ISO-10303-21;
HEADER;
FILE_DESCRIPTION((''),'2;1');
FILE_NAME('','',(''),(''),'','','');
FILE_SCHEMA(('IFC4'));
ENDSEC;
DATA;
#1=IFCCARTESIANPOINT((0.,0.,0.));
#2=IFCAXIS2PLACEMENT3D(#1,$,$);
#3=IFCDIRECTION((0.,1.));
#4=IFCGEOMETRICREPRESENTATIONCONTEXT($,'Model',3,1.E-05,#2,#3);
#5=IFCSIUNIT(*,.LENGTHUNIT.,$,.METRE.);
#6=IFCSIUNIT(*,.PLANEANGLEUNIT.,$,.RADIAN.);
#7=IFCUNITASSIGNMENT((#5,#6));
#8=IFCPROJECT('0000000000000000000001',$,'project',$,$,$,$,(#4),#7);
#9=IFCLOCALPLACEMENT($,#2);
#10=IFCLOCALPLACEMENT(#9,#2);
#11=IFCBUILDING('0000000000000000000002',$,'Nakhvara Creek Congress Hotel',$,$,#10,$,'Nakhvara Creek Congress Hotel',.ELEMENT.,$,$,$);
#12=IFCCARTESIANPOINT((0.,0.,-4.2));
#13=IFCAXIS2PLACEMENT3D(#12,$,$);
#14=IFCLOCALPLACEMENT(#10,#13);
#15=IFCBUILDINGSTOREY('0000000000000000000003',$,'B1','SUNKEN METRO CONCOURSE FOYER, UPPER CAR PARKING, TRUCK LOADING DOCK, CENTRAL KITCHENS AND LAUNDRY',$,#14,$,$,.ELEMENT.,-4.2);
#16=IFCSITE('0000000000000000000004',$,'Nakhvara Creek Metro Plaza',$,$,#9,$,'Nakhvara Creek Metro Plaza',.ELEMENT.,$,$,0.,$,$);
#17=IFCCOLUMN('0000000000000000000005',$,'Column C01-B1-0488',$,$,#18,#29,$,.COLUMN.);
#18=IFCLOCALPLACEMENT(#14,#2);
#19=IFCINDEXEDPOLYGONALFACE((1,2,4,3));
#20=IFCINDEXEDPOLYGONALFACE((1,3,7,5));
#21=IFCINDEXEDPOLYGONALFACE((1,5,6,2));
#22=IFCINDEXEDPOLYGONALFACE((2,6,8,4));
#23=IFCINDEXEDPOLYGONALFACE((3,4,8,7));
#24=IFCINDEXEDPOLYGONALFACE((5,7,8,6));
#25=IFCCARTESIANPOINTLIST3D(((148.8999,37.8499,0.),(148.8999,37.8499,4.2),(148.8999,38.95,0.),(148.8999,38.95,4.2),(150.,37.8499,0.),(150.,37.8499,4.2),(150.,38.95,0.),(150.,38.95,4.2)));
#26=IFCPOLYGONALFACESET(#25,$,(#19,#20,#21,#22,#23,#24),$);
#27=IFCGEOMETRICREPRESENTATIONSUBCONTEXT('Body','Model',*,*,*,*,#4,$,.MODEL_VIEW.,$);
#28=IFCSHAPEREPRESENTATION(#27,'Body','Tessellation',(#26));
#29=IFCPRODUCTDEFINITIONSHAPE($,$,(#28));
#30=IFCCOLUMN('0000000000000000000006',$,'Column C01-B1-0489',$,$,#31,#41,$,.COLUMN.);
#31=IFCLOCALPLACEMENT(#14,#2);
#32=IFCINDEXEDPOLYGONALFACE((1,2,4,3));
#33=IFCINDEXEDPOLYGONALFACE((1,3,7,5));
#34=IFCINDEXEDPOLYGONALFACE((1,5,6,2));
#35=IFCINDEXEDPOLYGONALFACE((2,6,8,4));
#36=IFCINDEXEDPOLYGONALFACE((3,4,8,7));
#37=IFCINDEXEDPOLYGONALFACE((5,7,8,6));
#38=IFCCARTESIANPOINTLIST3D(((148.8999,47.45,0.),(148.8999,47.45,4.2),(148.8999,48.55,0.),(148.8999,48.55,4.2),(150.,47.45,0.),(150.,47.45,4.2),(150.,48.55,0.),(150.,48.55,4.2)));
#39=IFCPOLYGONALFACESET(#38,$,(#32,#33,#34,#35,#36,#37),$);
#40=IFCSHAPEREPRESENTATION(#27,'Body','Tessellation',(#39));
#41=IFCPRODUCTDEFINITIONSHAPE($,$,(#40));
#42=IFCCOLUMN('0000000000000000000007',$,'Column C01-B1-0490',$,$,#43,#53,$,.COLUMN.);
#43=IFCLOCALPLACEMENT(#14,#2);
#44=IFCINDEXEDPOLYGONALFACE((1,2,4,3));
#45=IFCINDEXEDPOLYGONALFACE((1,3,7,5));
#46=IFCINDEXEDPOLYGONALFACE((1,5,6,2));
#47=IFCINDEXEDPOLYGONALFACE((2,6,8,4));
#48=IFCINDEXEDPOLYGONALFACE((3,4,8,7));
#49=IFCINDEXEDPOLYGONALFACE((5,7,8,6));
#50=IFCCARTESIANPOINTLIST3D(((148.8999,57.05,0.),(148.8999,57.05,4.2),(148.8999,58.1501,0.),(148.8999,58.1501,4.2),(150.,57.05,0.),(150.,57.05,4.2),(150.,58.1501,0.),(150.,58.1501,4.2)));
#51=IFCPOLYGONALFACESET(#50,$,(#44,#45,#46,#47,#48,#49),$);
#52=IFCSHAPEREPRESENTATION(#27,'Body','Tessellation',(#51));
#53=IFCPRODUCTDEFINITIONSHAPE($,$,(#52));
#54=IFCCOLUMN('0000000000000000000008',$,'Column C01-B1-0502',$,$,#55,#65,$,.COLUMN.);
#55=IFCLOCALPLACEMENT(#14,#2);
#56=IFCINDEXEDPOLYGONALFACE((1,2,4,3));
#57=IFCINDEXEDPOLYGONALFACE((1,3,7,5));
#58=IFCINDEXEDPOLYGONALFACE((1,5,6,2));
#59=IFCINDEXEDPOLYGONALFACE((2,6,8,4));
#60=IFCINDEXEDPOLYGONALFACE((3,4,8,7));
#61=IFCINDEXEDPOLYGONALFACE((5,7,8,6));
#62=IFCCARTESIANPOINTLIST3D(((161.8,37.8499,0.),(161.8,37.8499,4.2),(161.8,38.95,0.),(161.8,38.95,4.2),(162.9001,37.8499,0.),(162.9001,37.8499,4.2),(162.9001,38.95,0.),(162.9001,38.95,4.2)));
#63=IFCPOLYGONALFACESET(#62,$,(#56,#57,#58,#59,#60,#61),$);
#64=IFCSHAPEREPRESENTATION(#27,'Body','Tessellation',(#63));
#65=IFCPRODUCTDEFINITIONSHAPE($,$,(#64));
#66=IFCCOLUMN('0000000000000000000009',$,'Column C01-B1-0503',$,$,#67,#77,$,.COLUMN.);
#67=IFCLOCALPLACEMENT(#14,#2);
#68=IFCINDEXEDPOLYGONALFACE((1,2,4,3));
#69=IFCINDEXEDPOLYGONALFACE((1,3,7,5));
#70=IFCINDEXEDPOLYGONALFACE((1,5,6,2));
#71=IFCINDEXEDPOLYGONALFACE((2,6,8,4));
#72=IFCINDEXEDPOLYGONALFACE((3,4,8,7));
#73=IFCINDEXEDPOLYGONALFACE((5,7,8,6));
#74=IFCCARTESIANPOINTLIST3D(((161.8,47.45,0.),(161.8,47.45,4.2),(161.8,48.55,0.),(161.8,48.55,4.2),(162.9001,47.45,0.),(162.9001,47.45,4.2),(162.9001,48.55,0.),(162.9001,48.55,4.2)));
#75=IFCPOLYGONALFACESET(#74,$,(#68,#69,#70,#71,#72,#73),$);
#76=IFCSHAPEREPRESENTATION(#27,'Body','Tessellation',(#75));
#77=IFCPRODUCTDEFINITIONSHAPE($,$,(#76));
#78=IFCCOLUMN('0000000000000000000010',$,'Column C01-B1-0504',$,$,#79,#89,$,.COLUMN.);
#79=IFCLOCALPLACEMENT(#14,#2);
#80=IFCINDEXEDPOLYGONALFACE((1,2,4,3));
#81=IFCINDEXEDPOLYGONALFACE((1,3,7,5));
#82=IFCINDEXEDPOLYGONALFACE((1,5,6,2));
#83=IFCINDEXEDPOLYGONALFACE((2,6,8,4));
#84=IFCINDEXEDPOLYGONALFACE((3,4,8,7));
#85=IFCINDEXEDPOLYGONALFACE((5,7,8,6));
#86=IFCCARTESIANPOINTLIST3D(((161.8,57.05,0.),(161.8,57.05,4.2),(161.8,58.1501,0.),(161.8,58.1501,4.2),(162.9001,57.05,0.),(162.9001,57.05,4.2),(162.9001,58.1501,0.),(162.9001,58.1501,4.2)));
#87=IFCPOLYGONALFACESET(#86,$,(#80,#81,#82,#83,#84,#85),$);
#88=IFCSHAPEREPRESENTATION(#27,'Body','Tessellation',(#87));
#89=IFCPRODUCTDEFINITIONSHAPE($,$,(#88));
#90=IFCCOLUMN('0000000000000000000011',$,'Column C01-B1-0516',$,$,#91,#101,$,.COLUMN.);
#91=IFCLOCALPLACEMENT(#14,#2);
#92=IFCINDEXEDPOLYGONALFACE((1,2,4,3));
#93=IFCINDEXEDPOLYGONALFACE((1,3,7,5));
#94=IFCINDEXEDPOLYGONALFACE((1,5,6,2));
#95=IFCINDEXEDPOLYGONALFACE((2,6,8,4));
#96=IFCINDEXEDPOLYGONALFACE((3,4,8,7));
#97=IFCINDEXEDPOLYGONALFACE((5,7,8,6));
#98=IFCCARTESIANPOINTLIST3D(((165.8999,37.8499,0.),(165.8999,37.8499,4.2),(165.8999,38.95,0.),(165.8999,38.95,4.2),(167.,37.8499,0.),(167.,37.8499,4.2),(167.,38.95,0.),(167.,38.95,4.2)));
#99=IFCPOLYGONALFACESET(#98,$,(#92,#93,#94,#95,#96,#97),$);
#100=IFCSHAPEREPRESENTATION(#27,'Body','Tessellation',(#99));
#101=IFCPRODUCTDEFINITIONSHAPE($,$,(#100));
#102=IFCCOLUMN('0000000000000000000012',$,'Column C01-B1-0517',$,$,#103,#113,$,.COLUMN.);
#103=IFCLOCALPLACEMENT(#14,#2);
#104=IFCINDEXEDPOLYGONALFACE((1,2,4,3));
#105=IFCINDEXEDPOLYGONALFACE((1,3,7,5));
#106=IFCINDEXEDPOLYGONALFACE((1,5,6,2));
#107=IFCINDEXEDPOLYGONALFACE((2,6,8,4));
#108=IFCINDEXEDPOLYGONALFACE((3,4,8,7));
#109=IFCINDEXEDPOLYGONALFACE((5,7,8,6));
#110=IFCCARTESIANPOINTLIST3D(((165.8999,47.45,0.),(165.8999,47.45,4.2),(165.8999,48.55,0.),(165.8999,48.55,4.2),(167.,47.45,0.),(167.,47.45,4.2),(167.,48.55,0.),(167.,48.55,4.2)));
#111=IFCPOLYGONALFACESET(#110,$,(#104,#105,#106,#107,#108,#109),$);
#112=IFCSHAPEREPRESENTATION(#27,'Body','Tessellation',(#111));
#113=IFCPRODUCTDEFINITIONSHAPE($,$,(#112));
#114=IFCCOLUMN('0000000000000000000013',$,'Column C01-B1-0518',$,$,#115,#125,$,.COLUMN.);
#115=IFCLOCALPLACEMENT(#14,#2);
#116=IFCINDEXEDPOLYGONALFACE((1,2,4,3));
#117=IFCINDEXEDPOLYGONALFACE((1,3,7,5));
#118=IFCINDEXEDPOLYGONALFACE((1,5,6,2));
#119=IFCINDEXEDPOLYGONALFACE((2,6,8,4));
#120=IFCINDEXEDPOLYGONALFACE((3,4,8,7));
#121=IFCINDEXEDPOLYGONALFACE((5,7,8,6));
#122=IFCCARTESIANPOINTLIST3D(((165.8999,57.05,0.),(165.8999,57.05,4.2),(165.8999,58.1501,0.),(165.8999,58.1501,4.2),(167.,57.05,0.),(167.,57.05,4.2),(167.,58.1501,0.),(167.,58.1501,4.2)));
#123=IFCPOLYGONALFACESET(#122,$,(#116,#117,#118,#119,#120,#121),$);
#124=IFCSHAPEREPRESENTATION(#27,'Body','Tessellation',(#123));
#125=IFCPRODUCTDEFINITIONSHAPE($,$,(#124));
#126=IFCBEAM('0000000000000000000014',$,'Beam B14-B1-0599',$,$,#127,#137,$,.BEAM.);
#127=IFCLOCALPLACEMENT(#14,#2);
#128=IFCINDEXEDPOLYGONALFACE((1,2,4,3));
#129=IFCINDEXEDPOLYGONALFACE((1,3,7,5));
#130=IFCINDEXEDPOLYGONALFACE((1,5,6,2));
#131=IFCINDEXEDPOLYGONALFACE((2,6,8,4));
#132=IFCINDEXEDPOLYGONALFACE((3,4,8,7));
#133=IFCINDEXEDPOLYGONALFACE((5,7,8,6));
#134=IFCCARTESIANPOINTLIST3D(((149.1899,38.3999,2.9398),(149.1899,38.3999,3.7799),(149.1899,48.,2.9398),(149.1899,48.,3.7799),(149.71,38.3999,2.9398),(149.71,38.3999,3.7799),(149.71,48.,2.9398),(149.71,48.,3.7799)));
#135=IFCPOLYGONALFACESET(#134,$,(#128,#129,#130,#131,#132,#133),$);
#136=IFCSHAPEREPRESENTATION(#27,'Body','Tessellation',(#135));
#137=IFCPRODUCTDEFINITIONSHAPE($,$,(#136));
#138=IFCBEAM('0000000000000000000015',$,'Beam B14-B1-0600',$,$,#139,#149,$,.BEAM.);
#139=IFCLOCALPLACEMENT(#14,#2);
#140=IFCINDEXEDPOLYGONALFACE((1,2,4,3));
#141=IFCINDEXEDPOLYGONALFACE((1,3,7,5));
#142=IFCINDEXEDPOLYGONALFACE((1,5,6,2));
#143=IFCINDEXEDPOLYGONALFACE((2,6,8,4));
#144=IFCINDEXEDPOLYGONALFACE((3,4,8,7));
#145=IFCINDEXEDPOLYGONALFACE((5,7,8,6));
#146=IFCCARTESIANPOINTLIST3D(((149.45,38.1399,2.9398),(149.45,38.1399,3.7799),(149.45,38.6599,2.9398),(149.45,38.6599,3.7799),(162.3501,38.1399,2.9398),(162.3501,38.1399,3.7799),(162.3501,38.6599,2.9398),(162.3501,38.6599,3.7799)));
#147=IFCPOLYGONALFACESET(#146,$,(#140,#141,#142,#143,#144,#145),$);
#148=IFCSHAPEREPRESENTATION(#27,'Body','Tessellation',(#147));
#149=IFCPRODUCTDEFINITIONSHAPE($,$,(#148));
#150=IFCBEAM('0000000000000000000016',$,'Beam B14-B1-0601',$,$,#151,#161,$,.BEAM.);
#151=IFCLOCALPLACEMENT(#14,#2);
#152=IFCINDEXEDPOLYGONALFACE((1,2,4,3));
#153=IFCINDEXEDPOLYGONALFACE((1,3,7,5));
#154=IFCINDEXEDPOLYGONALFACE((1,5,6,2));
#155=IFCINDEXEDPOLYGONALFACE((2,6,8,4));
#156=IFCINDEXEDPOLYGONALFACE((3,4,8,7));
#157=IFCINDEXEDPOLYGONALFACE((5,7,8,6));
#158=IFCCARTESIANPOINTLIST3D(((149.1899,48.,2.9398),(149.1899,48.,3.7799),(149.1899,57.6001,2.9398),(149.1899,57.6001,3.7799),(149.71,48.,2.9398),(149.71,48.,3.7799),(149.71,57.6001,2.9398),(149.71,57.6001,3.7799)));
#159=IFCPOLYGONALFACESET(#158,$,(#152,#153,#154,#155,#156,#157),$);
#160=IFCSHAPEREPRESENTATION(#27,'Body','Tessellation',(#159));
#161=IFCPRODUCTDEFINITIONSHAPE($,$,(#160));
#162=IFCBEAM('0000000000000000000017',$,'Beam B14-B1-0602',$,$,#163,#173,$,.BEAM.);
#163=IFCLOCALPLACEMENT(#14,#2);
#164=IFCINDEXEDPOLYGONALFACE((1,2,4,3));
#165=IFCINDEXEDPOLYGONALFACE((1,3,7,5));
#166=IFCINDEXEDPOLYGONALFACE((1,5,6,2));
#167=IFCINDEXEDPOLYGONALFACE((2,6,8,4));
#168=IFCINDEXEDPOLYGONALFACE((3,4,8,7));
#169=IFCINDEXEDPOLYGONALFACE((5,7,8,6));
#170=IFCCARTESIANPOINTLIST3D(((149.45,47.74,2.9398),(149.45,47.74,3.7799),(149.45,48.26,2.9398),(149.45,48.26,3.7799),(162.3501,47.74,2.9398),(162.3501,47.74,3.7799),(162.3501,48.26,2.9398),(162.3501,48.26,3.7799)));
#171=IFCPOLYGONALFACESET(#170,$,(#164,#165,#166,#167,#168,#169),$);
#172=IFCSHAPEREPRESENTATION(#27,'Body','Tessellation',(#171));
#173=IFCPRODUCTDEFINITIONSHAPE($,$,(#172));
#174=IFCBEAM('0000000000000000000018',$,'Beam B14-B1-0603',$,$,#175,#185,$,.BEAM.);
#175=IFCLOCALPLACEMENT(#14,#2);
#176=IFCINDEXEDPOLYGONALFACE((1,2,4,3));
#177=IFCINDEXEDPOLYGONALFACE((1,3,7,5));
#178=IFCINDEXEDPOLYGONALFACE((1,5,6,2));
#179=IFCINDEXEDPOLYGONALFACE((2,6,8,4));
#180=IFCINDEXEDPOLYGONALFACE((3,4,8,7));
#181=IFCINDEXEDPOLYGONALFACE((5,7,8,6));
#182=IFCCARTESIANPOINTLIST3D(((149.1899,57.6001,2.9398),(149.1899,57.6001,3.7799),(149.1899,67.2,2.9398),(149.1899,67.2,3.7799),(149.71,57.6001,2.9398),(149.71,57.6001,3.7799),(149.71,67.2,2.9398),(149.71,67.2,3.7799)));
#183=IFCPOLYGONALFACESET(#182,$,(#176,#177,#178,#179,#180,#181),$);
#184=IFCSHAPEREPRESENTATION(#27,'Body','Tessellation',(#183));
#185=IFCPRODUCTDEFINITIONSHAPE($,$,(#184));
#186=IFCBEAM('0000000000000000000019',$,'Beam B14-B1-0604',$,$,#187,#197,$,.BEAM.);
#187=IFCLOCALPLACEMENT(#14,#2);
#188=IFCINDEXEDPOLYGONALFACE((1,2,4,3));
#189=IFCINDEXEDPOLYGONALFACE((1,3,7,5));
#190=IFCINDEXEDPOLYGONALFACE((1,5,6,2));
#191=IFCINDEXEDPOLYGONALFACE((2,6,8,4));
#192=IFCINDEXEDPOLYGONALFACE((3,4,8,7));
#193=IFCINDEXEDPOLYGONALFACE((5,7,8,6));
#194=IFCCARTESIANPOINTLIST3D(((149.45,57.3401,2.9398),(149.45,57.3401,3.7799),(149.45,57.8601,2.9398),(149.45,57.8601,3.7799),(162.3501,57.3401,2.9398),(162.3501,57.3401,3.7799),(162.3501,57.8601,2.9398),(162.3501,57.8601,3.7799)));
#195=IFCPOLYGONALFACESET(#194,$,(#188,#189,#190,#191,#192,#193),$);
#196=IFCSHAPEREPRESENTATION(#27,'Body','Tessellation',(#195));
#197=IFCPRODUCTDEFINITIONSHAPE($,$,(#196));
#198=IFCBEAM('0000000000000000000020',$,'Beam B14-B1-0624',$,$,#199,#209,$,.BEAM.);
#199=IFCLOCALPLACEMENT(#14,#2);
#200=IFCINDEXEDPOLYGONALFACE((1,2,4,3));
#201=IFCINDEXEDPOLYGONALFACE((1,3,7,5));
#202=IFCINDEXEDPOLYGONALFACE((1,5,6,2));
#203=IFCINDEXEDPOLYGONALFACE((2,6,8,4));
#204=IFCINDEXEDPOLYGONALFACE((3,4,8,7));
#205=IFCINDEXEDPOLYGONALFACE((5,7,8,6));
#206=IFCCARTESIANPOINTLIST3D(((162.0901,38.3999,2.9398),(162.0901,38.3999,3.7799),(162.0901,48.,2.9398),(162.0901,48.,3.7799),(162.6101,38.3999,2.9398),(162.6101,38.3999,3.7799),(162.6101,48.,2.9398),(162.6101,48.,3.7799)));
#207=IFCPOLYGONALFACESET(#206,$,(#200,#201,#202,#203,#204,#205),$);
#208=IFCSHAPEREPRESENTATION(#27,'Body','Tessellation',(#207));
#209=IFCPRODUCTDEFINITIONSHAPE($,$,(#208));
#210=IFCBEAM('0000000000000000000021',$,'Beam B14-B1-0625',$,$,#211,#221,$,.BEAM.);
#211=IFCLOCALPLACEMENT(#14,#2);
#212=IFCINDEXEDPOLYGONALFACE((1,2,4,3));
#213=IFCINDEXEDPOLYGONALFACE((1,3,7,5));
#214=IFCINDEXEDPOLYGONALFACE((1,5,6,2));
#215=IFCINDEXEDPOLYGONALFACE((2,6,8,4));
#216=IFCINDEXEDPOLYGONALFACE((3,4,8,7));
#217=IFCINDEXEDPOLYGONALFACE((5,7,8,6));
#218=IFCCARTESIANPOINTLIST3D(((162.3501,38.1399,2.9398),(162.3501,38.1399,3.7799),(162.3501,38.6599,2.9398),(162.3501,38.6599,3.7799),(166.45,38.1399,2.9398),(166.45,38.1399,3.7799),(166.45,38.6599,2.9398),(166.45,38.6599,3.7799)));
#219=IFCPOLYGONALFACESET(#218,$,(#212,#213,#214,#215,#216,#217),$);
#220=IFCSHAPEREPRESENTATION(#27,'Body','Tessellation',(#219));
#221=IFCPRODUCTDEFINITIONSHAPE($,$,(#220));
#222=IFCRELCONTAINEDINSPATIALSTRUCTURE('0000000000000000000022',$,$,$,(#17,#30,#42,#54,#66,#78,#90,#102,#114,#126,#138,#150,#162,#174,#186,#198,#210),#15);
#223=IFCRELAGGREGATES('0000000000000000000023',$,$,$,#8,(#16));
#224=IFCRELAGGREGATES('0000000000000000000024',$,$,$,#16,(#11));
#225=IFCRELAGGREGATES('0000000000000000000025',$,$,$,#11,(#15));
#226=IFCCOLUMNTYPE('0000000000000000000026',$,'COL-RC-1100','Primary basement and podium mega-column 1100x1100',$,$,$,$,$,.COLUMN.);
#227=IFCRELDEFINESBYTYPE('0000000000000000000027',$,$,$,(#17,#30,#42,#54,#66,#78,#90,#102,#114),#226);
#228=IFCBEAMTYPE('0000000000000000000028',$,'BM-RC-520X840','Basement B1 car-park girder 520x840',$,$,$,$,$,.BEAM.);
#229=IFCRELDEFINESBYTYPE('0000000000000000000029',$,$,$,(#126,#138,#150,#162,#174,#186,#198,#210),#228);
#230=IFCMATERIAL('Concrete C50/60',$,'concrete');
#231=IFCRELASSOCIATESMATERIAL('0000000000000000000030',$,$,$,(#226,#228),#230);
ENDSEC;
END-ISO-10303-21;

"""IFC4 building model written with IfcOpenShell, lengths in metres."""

from ifc_helpers import new_model, si_unit, direction, frame, origin, origin_2d, place, context, subcontext, project, spatial, rectangle, extrude, material, material_profile, profile_set, type_object, element, save


model = new_model("IFC4")

# Units and contexts
model_context = context("Model", 3, precision=1e-05, world=origin(), true_north=direction((0.0, 1.0)))
body_context = subcontext(model_context, "Body", "Model", "MODEL_VIEW")
ifc_project = project(units=[si_unit("LENGTHUNIT", "METRE"), si_unit("PLANEANGLEUNIT", "RADIAN")], contexts=[model_context])

# Site, building, storey
site_placement = place(None, origin())
site = spatial("IfcSite", under=ifc_project, at=site_placement, Name="Nakhvara Creek Metro Plaza", LongName="Nakhvara Creek Metro Plaza", CompositionType="ELEMENT", RefElevation=0.0)
building_placement = place(site_placement, origin())
building = spatial("IfcBuilding", under=site, at=building_placement, Name="Nakhvara Creek Congress Hotel", LongName="Nakhvara Creek Congress Hotel", CompositionType="ELEMENT")
storey_placement = place(building_placement, frame((0.0, 0.0, -4.2)))
storey = spatial("IfcBuildingStorey", under=building, at=storey_placement, Name="B1", Description="SUNKEN METRO CONCOURSE FOYER, UPPER CAR PARKING, TRUCK LOADING DOCK, CENTRAL KITCHENS AND LAUNDRY", CompositionType="ELEMENT", Elevation=-4.2)

# Columns
ifc_material_1 = material(Name="Concrete C50/60", Category="concrete")
ifc_material_profile_1 = material_profile(ifc_material_1, rectangle(XDim=1.1001, YDim=1.1001, at=origin_2d()), Name="RC-COL 1100x1100", Category="LoadBearing")
ifc_profile_set_1 = profile_set([ifc_material_profile_1], Name="Concrete C50/60")
column_type = type_object("IfcColumnType", Name="COL-RC-1100", Description="Primary basement and podium mega-column 1100x1100", PredefinedType="COLUMN", material=ifc_profile_set_1)
for number, where, z_axis, x_axis, name in (
    (1, (149.45, 38.3999, 0.0), (0.0, 0.0, 1.0), (1.0, 0.0, 0.0), "Column C01-B1-0488"),
    (2, (149.45, 48.0, 0.0), (0.0, 0.0, 1.0), (1.0, 0.0, 0.0), "Column C01-B1-0489"),
    (3, (149.45, 57.6001, 0.0), (0.0, 0.0, 1.0), (1.0, 0.0, 0.0), "Column C01-B1-0490"),
    (4, (162.3501, 38.3999, 0.0), (0.0, 0.0, 1.0), (1.0, 0.0, 0.0), "Column C01-B1-0502"),
    (5, (162.3501, 48.0, 0.0), (0.0, 0.0, 1.0), (1.0, 0.0, 0.0), "Column C01-B1-0503"),
    (6, (162.3501, 57.6001, 0.0), (0.0, 0.0, 1.0), (1.0, 0.0, 0.0), "Column C01-B1-0504"),
    (7, (166.45, 38.3999, 0.0), (0.0, 0.0, 1.0), (1.0, 0.0, 0.0), "Column C01-B1-0516"),
    (8, (166.45, 48.0, 0.0), (0.0, 0.0, 1.0), (1.0, 0.0, 0.0), "Column C01-B1-0517"),
    (9, (166.45, 57.6001, 0.0), (0.0, 0.0, 1.0), (1.0, 0.0, 0.0), "Column C01-B1-0518"),
):
    element("IfcColumn", number, at=place(storey_placement, frame(where, z_axis=z_axis, x_axis=x_axis)), inside=storey, type_object=column_type, Name=name, PredefinedType="COLUMN", context=body_context, shape_type="SweptSolid", body=[
        extrude(rectangle(XDim=1.1001, YDim=1.1001, at=origin_2d()), origin(), (0.0, 0.0, 1.0), 4.2),
    ])

# Beams
ifc_material_profile_2 = material_profile(ifc_material_1, rectangle(XDim=0.52, YDim=0.8401, at=origin_2d()), Name="RC-BM 520x840", Category="LoadBearing")
ifc_profile_set_2 = profile_set([ifc_material_profile_2], Name="Concrete C50/60")
beam_type = type_object("IfcBeamType", Name="BM-RC-520X840", Description="Basement B1 car-park girder 520x840", PredefinedType="BEAM", material=ifc_profile_set_2)
beam_1_placement = place(storey_placement, frame((149.45, 38.3999, 3.3599), z_axis=(0.0, 1.0, 0.0), x_axis=(-1.0, 0.0, 0.0)))
element("IfcBeam", 10, at=beam_1_placement, inside=storey, type_object=beam_type, Name="Beam B14-B1-0599", PredefinedType="BEAM", context=body_context, shape_type="SweptSolid", body=[
    extrude(rectangle(XDim=0.52, YDim=0.8401, at=origin_2d()), origin(), (0.0, 0.0, 1.0), 9.6001),
])
beam_2_placement = place(storey_placement, frame((149.45, 38.3999, 3.3599), z_axis=(1.0, 0.0, 0.0), x_axis=(0.0, 1.0, 0.0)))
element("IfcBeam", 11, at=beam_2_placement, inside=storey, type_object=beam_type, Name="Beam B14-B1-0600", PredefinedType="BEAM", context=body_context, shape_type="SweptSolid", body=[
    extrude(rectangle(XDim=0.52, YDim=0.8401, at=origin_2d()), origin(), (0.0, 0.0, 1.0), 12.9001),
])
beam_3_placement = place(storey_placement, frame((149.45, 48.0, 3.3599), z_axis=(0.0, 1.0, 0.0), x_axis=(-1.0, 0.0, 0.0)))
element("IfcBeam", 12, at=beam_3_placement, inside=storey, type_object=beam_type, Name="Beam B14-B1-0601", PredefinedType="BEAM", context=body_context, shape_type="SweptSolid", body=[
    extrude(rectangle(XDim=0.52, YDim=0.8401, at=origin_2d()), origin(), (0.0, 0.0, 1.0), 9.6001),
])
beam_4_placement = place(storey_placement, frame((149.45, 48.0, 3.3599), z_axis=(1.0, 0.0, 0.0), x_axis=(0.0, 1.0, 0.0)))
element("IfcBeam", 13, at=beam_4_placement, inside=storey, type_object=beam_type, Name="Beam B14-B1-0602", PredefinedType="BEAM", context=body_context, shape_type="SweptSolid", body=[
    extrude(rectangle(XDim=0.52, YDim=0.8401, at=origin_2d()), origin(), (0.0, 0.0, 1.0), 12.9001),
])
beam_5_placement = place(storey_placement, frame((149.45, 57.6001, 3.3599), z_axis=(0.0, 1.0, 0.0), x_axis=(-1.0, 0.0, 0.0)))
element("IfcBeam", 14, at=beam_5_placement, inside=storey, type_object=beam_type, Name="Beam B14-B1-0603", PredefinedType="BEAM", context=body_context, shape_type="SweptSolid", body=[
    extrude(rectangle(XDim=0.52, YDim=0.8401, at=origin_2d()), origin(), (0.0, 0.0, 1.0), 9.5999),
])
beam_6_placement = place(storey_placement, frame((149.45, 57.6001, 3.3599), z_axis=(1.0, 0.0, 0.0), x_axis=(0.0, 1.0, 0.0)))
element("IfcBeam", 15, at=beam_6_placement, inside=storey, type_object=beam_type, Name="Beam B14-B1-0604", PredefinedType="BEAM", context=body_context, shape_type="SweptSolid", body=[
    extrude(rectangle(XDim=0.52, YDim=0.8401, at=origin_2d()), origin(), (0.0, 0.0, 1.0), 12.9001),
])
beam_7_placement = place(storey_placement, frame((162.3501, 38.3999, 3.3599), z_axis=(0.0, 1.0, 0.0), x_axis=(-1.0, 0.0, 0.0)))
element("IfcBeam", 16, at=beam_7_placement, inside=storey, type_object=beam_type, Name="Beam B14-B1-0624", PredefinedType="BEAM", context=body_context, shape_type="SweptSolid", body=[
    extrude(rectangle(XDim=0.52, YDim=0.8401, at=origin_2d()), origin(), (0.0, 0.0, 1.0), 9.6001),
])
beam_8_placement = place(storey_placement, frame((162.3501, 38.3999, 3.3599), z_axis=(1.0, 0.0, 0.0), x_axis=(0.0, 1.0, 0.0)))
element("IfcBeam", 17, at=beam_8_placement, inside=storey, type_object=beam_type, Name="Beam B14-B1-0625", PredefinedType="BEAM", context=body_context, shape_type="SweptSolid", body=[
    extrude(rectangle(XDim=0.52, YDim=0.8401, at=origin_2d()), origin(), (0.0, 0.0, 1.0), 4.0999),
])

save(model, "model.ifc")
